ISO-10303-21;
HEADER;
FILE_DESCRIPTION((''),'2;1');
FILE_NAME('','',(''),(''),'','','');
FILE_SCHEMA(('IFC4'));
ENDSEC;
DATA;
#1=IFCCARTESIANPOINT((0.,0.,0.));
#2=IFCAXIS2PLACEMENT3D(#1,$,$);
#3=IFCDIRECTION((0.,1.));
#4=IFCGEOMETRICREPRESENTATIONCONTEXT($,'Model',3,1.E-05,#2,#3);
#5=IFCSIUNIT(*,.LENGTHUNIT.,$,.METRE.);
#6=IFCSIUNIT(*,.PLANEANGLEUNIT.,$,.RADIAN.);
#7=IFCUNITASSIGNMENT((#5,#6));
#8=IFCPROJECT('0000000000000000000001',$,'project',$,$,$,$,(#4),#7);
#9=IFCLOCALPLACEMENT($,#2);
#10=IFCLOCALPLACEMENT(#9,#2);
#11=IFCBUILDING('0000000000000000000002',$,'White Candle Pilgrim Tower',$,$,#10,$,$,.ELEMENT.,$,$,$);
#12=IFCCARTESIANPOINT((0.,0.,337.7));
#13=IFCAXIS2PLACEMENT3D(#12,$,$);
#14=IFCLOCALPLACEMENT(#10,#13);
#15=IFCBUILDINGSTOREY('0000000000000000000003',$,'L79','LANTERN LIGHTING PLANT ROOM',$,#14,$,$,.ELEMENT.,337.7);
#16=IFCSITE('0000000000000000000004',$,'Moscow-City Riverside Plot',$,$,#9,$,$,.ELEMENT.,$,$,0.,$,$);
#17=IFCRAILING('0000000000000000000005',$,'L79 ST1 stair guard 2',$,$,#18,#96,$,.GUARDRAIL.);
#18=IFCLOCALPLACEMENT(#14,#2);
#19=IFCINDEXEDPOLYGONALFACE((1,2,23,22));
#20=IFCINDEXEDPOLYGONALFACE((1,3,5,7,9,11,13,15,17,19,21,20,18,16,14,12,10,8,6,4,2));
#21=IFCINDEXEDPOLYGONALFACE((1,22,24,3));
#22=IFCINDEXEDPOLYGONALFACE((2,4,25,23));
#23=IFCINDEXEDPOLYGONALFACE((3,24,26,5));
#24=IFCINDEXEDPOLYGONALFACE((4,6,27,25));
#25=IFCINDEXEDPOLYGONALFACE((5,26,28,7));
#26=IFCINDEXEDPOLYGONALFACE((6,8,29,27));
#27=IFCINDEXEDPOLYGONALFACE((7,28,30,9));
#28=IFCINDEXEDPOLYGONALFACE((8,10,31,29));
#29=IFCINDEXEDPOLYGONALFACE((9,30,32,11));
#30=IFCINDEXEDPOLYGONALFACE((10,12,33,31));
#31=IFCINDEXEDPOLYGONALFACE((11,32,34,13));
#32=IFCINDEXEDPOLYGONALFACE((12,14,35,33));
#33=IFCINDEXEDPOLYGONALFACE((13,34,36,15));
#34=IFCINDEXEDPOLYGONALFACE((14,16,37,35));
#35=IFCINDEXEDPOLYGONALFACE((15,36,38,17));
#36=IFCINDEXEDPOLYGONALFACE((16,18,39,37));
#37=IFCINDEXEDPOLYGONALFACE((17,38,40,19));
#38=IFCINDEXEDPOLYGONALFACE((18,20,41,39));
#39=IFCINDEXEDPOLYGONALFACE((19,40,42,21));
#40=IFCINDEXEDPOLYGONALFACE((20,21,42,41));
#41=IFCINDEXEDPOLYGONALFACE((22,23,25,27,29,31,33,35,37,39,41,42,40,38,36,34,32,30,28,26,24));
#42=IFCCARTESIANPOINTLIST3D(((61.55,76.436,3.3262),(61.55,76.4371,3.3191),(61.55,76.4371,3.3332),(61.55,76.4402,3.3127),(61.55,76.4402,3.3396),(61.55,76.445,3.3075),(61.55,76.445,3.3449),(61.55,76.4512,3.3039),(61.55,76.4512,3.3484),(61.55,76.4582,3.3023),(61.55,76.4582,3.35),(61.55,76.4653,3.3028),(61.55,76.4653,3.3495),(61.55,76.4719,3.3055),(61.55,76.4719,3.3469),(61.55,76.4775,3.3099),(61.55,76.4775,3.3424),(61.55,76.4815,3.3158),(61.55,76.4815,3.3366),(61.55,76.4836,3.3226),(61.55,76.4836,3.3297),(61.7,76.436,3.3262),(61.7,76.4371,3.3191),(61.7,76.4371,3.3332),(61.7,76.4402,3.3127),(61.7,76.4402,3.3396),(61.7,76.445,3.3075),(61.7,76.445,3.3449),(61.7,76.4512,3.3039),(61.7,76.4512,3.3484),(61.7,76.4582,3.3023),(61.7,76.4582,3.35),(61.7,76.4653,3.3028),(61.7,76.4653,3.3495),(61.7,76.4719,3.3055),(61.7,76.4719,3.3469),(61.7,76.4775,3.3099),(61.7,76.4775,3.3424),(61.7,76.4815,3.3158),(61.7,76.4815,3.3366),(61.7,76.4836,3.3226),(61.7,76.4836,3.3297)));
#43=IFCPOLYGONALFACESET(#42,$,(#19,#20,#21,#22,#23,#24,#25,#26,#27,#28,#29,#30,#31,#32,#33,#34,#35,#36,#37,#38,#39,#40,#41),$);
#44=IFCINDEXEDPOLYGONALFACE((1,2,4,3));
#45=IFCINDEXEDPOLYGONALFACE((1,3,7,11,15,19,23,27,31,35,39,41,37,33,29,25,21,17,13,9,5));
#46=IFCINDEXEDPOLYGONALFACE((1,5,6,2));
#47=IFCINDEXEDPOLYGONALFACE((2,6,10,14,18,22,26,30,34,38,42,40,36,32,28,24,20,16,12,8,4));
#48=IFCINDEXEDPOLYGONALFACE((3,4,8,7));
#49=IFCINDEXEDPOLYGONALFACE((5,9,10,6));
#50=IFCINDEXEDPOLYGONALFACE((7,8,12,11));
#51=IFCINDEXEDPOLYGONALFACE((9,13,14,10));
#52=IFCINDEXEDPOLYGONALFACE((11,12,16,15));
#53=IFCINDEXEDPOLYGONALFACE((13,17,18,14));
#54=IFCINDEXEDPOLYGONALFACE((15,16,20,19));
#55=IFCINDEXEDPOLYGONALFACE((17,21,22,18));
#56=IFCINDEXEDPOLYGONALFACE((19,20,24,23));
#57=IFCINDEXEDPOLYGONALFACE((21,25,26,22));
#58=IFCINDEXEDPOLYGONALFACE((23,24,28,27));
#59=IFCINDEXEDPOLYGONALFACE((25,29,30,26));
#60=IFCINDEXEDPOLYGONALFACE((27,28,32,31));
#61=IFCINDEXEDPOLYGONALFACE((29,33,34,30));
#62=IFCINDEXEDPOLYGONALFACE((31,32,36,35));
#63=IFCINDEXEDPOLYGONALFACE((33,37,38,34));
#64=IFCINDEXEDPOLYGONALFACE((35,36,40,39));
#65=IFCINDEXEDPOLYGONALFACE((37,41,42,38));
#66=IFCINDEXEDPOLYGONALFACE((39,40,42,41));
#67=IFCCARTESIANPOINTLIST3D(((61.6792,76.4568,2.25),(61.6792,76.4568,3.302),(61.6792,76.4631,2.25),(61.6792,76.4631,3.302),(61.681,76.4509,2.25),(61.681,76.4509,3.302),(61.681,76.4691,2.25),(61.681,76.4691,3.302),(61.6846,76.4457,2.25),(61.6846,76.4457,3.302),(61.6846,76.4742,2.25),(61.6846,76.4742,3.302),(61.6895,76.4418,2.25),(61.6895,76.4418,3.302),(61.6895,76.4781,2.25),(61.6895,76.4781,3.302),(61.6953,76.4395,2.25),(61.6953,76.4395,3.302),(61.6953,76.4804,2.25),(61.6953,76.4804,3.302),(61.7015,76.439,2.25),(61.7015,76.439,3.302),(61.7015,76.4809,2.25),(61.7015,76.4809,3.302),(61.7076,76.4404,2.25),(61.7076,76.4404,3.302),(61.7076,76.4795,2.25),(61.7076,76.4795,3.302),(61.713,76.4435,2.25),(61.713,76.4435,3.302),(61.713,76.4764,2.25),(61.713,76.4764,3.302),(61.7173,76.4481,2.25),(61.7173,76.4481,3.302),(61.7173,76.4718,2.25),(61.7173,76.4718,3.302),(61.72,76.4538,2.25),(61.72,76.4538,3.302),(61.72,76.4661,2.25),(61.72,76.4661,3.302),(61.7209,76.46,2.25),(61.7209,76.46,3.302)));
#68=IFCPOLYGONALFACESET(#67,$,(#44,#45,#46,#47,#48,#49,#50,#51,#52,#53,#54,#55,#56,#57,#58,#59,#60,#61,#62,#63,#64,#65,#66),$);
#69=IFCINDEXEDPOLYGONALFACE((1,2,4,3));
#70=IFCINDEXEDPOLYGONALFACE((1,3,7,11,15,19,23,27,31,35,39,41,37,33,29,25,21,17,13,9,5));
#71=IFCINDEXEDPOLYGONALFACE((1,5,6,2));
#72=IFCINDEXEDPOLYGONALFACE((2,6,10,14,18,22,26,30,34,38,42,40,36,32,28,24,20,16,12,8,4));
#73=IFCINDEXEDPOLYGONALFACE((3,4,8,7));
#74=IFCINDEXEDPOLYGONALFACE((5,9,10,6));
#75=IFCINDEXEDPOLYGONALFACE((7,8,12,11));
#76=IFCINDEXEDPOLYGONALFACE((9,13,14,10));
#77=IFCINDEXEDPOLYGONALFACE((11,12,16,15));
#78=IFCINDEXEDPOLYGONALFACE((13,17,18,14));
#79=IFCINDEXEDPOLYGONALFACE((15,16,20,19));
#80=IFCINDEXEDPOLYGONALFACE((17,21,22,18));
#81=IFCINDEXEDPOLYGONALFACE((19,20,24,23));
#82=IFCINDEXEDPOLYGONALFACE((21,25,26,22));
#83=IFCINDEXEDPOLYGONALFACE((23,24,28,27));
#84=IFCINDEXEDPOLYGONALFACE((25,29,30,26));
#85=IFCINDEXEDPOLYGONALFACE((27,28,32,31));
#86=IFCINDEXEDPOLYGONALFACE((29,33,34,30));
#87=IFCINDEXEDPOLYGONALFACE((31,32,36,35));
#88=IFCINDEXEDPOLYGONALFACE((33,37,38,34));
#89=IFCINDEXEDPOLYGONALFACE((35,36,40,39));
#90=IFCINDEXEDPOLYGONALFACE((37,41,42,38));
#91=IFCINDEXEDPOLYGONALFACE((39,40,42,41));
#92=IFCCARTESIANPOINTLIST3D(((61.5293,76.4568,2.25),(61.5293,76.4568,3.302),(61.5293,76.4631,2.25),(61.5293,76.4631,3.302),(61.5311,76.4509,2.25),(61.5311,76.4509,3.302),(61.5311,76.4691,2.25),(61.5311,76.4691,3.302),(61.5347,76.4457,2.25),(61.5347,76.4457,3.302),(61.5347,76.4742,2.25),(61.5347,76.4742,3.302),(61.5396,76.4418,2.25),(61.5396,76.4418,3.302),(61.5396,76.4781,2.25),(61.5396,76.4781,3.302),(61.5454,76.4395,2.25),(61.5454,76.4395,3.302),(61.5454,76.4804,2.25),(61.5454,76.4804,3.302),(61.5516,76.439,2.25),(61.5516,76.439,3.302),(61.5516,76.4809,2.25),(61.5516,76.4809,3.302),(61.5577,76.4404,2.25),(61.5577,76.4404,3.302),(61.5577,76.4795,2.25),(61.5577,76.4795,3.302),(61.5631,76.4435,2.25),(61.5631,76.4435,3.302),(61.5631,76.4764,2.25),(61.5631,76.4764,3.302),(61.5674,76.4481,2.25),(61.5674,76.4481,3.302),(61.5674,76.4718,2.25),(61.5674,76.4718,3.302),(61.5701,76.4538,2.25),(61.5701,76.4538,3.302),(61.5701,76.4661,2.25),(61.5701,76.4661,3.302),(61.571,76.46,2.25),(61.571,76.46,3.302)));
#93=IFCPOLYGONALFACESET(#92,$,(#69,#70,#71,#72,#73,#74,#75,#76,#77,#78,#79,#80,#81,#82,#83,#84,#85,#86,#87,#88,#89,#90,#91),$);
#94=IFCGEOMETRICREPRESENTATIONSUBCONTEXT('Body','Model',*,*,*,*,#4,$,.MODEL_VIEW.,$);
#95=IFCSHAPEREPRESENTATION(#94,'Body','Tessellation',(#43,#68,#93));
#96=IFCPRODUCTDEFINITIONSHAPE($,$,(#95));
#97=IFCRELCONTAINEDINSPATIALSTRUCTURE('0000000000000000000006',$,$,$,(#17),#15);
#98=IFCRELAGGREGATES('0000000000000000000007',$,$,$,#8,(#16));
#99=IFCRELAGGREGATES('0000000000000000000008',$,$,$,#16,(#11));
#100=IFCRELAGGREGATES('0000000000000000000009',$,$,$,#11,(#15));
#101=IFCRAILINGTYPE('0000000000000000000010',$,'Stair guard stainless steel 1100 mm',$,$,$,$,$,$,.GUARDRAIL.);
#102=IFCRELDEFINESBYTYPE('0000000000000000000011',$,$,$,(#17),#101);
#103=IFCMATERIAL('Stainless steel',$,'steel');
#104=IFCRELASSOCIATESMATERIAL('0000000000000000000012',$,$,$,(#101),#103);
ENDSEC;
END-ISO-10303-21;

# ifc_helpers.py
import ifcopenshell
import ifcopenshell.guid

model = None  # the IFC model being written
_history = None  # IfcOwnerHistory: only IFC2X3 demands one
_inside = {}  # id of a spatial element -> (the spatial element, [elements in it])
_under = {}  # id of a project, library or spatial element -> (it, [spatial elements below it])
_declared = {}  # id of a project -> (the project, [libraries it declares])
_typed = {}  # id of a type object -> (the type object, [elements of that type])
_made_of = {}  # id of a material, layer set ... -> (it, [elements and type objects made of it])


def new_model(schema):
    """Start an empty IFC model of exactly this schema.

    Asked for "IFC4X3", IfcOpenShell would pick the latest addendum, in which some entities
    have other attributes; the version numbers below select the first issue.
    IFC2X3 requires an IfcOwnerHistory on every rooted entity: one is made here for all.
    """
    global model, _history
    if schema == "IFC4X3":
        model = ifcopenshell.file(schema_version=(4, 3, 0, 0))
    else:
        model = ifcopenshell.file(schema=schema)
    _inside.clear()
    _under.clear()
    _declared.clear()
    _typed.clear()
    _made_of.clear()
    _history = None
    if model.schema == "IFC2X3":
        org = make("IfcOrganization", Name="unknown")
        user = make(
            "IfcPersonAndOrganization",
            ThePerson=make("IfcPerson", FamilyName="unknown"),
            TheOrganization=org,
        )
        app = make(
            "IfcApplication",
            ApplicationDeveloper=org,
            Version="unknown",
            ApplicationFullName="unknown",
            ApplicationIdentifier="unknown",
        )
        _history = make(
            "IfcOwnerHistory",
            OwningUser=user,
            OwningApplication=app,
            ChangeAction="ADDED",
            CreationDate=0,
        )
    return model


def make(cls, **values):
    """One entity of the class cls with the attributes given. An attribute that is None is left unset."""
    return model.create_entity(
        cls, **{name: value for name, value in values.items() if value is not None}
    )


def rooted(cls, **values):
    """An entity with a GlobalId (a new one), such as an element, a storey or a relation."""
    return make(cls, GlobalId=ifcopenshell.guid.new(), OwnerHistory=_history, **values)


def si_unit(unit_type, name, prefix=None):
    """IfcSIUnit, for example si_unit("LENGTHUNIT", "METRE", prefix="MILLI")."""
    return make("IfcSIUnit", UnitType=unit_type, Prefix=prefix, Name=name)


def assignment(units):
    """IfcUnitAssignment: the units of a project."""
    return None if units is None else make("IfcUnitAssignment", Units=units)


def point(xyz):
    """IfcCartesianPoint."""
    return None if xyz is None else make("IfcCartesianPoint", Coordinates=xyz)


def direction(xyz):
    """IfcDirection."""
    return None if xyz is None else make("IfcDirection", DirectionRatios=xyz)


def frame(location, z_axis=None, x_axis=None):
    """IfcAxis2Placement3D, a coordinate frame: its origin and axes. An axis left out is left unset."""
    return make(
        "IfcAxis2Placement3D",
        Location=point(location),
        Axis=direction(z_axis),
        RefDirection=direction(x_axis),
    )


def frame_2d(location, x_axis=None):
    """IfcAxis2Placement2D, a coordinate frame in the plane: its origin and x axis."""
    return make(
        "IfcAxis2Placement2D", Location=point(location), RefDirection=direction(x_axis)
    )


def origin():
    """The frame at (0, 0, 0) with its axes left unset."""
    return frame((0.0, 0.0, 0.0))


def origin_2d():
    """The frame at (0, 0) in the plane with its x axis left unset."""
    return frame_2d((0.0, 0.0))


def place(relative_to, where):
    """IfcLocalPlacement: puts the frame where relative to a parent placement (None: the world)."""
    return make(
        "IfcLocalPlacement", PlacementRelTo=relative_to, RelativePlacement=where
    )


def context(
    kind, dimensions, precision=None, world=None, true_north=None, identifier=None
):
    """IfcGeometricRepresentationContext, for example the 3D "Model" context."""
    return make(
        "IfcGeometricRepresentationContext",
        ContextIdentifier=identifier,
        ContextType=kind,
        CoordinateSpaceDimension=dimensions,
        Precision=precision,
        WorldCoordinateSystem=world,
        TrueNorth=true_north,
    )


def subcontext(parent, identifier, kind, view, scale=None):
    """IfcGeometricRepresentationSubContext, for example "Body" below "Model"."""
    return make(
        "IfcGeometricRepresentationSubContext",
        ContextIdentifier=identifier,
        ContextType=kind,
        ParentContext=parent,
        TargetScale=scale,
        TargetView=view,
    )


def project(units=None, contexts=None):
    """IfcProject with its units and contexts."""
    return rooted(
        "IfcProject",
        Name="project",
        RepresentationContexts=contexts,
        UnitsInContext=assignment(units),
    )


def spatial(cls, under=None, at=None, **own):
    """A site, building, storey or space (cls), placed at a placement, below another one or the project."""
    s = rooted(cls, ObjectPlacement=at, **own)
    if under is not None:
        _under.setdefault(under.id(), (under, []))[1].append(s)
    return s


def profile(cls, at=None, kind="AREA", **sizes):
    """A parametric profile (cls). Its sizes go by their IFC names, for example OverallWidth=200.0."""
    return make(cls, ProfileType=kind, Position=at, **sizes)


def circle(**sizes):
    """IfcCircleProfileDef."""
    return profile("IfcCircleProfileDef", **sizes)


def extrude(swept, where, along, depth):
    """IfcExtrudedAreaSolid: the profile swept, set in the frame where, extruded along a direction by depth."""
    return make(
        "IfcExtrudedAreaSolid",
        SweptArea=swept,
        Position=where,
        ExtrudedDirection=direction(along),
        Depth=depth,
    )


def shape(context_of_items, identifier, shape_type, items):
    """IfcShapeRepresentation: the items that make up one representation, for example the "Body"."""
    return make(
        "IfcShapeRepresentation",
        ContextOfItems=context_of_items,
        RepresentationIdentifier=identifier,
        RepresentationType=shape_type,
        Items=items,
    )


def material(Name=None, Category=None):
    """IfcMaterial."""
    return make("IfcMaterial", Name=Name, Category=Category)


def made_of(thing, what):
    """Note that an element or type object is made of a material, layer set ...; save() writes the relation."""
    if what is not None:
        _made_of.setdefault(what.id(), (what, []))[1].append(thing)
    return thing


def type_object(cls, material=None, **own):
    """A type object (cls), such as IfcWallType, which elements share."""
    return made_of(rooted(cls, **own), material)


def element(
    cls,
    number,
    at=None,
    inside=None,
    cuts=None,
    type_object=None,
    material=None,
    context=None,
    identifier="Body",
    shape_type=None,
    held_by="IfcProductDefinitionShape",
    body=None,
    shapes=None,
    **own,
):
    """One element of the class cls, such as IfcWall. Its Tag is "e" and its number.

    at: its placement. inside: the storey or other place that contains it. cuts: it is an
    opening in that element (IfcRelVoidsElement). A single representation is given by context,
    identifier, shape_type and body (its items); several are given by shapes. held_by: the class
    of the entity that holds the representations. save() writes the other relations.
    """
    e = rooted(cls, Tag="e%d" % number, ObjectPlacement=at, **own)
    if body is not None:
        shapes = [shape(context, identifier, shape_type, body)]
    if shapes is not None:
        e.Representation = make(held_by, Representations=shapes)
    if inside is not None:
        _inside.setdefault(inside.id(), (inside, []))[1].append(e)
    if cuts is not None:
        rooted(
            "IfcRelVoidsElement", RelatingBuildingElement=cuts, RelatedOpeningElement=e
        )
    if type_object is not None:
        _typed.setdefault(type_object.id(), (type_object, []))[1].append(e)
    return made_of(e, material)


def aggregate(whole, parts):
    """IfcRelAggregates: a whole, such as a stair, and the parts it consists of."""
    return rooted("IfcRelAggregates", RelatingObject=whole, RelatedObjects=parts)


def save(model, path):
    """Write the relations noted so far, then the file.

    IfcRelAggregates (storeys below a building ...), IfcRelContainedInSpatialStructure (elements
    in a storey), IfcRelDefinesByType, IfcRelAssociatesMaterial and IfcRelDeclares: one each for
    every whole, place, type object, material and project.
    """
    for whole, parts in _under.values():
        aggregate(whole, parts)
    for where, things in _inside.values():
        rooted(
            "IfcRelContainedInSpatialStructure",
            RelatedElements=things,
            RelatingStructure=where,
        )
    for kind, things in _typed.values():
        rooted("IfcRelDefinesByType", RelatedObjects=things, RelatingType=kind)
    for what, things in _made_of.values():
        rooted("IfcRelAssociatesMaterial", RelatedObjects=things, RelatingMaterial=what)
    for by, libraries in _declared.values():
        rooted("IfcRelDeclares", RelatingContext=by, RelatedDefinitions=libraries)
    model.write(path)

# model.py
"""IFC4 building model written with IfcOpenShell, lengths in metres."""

from ifc_helpers import new_model, si_unit, direction, frame, origin, origin_2d, place, context, subcontext, project, spatial, circle, extrude, material, type_object, element, save


model = new_model("IFC4")

# Units and contexts
model_context = context("Model", 3, precision=1e-05, world=origin(), true_north=direction((0.0, 1.0)))
body_context = subcontext(model_context, "Body", "Model", "MODEL_VIEW")
ifc_project = project(units=[si_unit("LENGTHUNIT", "METRE"), si_unit("PLANEANGLEUNIT", "RADIAN")], contexts=[model_context])

# Site, building, storey
site_placement = place(None, origin())
site = spatial("IfcSite", under=ifc_project, at=site_placement, Name="Moscow-City Riverside Plot", CompositionType="ELEMENT", RefElevation=0.0)
building_placement = place(site_placement, origin())
building = spatial("IfcBuilding", under=site, at=building_placement, Name="White Candle Pilgrim Tower", CompositionType="ELEMENT")
storey_placement = place(building_placement, frame((0.0, 0.0, 337.7)))
storey = spatial("IfcBuildingStorey", under=building, at=storey_placement, Name="L79", Description="LANTERN LIGHTING PLANT ROOM", CompositionType="ELEMENT", Elevation=337.7)

# Railing
ifc_material_1 = material(Name="Stainless steel", Category="steel")
railing_type_1 = type_object("IfcRailingType", Name="Stair guard stainless steel 1100 mm", PredefinedType="GUARDRAIL", material=ifc_material_1)
railing_1_placement = place(storey_placement, frame((61.7, 76.46, 2.25)))
element("IfcRailing", 1, at=railing_1_placement, inside=storey, type_object=railing_type_1, Name="L79 ST1 stair guard 2", PredefinedType="GUARDRAIL", context=body_context, shape_type="SweptSolid", body=[
    extrude(circle(Radius=0.0239, at=origin_2d()), frame((0.0, 0.0, 1.0762), z_axis=(-1.0, 0.0, 0.0), x_axis=(0.0, -1.0, 0.0)), (0.0, 0.0, 1.0), 0.1499),
    extrude(circle(Radius=0.021, at=origin_2d()), origin(), (0.0, 0.0, 1.0), 1.052),
    extrude(circle(Radius=0.021, at=origin_2d()), frame((-0.1499, 0.0, 0.0)), (0.0, 0.0, 1.0), 1.052),
])

save(model, "model.ifc")
